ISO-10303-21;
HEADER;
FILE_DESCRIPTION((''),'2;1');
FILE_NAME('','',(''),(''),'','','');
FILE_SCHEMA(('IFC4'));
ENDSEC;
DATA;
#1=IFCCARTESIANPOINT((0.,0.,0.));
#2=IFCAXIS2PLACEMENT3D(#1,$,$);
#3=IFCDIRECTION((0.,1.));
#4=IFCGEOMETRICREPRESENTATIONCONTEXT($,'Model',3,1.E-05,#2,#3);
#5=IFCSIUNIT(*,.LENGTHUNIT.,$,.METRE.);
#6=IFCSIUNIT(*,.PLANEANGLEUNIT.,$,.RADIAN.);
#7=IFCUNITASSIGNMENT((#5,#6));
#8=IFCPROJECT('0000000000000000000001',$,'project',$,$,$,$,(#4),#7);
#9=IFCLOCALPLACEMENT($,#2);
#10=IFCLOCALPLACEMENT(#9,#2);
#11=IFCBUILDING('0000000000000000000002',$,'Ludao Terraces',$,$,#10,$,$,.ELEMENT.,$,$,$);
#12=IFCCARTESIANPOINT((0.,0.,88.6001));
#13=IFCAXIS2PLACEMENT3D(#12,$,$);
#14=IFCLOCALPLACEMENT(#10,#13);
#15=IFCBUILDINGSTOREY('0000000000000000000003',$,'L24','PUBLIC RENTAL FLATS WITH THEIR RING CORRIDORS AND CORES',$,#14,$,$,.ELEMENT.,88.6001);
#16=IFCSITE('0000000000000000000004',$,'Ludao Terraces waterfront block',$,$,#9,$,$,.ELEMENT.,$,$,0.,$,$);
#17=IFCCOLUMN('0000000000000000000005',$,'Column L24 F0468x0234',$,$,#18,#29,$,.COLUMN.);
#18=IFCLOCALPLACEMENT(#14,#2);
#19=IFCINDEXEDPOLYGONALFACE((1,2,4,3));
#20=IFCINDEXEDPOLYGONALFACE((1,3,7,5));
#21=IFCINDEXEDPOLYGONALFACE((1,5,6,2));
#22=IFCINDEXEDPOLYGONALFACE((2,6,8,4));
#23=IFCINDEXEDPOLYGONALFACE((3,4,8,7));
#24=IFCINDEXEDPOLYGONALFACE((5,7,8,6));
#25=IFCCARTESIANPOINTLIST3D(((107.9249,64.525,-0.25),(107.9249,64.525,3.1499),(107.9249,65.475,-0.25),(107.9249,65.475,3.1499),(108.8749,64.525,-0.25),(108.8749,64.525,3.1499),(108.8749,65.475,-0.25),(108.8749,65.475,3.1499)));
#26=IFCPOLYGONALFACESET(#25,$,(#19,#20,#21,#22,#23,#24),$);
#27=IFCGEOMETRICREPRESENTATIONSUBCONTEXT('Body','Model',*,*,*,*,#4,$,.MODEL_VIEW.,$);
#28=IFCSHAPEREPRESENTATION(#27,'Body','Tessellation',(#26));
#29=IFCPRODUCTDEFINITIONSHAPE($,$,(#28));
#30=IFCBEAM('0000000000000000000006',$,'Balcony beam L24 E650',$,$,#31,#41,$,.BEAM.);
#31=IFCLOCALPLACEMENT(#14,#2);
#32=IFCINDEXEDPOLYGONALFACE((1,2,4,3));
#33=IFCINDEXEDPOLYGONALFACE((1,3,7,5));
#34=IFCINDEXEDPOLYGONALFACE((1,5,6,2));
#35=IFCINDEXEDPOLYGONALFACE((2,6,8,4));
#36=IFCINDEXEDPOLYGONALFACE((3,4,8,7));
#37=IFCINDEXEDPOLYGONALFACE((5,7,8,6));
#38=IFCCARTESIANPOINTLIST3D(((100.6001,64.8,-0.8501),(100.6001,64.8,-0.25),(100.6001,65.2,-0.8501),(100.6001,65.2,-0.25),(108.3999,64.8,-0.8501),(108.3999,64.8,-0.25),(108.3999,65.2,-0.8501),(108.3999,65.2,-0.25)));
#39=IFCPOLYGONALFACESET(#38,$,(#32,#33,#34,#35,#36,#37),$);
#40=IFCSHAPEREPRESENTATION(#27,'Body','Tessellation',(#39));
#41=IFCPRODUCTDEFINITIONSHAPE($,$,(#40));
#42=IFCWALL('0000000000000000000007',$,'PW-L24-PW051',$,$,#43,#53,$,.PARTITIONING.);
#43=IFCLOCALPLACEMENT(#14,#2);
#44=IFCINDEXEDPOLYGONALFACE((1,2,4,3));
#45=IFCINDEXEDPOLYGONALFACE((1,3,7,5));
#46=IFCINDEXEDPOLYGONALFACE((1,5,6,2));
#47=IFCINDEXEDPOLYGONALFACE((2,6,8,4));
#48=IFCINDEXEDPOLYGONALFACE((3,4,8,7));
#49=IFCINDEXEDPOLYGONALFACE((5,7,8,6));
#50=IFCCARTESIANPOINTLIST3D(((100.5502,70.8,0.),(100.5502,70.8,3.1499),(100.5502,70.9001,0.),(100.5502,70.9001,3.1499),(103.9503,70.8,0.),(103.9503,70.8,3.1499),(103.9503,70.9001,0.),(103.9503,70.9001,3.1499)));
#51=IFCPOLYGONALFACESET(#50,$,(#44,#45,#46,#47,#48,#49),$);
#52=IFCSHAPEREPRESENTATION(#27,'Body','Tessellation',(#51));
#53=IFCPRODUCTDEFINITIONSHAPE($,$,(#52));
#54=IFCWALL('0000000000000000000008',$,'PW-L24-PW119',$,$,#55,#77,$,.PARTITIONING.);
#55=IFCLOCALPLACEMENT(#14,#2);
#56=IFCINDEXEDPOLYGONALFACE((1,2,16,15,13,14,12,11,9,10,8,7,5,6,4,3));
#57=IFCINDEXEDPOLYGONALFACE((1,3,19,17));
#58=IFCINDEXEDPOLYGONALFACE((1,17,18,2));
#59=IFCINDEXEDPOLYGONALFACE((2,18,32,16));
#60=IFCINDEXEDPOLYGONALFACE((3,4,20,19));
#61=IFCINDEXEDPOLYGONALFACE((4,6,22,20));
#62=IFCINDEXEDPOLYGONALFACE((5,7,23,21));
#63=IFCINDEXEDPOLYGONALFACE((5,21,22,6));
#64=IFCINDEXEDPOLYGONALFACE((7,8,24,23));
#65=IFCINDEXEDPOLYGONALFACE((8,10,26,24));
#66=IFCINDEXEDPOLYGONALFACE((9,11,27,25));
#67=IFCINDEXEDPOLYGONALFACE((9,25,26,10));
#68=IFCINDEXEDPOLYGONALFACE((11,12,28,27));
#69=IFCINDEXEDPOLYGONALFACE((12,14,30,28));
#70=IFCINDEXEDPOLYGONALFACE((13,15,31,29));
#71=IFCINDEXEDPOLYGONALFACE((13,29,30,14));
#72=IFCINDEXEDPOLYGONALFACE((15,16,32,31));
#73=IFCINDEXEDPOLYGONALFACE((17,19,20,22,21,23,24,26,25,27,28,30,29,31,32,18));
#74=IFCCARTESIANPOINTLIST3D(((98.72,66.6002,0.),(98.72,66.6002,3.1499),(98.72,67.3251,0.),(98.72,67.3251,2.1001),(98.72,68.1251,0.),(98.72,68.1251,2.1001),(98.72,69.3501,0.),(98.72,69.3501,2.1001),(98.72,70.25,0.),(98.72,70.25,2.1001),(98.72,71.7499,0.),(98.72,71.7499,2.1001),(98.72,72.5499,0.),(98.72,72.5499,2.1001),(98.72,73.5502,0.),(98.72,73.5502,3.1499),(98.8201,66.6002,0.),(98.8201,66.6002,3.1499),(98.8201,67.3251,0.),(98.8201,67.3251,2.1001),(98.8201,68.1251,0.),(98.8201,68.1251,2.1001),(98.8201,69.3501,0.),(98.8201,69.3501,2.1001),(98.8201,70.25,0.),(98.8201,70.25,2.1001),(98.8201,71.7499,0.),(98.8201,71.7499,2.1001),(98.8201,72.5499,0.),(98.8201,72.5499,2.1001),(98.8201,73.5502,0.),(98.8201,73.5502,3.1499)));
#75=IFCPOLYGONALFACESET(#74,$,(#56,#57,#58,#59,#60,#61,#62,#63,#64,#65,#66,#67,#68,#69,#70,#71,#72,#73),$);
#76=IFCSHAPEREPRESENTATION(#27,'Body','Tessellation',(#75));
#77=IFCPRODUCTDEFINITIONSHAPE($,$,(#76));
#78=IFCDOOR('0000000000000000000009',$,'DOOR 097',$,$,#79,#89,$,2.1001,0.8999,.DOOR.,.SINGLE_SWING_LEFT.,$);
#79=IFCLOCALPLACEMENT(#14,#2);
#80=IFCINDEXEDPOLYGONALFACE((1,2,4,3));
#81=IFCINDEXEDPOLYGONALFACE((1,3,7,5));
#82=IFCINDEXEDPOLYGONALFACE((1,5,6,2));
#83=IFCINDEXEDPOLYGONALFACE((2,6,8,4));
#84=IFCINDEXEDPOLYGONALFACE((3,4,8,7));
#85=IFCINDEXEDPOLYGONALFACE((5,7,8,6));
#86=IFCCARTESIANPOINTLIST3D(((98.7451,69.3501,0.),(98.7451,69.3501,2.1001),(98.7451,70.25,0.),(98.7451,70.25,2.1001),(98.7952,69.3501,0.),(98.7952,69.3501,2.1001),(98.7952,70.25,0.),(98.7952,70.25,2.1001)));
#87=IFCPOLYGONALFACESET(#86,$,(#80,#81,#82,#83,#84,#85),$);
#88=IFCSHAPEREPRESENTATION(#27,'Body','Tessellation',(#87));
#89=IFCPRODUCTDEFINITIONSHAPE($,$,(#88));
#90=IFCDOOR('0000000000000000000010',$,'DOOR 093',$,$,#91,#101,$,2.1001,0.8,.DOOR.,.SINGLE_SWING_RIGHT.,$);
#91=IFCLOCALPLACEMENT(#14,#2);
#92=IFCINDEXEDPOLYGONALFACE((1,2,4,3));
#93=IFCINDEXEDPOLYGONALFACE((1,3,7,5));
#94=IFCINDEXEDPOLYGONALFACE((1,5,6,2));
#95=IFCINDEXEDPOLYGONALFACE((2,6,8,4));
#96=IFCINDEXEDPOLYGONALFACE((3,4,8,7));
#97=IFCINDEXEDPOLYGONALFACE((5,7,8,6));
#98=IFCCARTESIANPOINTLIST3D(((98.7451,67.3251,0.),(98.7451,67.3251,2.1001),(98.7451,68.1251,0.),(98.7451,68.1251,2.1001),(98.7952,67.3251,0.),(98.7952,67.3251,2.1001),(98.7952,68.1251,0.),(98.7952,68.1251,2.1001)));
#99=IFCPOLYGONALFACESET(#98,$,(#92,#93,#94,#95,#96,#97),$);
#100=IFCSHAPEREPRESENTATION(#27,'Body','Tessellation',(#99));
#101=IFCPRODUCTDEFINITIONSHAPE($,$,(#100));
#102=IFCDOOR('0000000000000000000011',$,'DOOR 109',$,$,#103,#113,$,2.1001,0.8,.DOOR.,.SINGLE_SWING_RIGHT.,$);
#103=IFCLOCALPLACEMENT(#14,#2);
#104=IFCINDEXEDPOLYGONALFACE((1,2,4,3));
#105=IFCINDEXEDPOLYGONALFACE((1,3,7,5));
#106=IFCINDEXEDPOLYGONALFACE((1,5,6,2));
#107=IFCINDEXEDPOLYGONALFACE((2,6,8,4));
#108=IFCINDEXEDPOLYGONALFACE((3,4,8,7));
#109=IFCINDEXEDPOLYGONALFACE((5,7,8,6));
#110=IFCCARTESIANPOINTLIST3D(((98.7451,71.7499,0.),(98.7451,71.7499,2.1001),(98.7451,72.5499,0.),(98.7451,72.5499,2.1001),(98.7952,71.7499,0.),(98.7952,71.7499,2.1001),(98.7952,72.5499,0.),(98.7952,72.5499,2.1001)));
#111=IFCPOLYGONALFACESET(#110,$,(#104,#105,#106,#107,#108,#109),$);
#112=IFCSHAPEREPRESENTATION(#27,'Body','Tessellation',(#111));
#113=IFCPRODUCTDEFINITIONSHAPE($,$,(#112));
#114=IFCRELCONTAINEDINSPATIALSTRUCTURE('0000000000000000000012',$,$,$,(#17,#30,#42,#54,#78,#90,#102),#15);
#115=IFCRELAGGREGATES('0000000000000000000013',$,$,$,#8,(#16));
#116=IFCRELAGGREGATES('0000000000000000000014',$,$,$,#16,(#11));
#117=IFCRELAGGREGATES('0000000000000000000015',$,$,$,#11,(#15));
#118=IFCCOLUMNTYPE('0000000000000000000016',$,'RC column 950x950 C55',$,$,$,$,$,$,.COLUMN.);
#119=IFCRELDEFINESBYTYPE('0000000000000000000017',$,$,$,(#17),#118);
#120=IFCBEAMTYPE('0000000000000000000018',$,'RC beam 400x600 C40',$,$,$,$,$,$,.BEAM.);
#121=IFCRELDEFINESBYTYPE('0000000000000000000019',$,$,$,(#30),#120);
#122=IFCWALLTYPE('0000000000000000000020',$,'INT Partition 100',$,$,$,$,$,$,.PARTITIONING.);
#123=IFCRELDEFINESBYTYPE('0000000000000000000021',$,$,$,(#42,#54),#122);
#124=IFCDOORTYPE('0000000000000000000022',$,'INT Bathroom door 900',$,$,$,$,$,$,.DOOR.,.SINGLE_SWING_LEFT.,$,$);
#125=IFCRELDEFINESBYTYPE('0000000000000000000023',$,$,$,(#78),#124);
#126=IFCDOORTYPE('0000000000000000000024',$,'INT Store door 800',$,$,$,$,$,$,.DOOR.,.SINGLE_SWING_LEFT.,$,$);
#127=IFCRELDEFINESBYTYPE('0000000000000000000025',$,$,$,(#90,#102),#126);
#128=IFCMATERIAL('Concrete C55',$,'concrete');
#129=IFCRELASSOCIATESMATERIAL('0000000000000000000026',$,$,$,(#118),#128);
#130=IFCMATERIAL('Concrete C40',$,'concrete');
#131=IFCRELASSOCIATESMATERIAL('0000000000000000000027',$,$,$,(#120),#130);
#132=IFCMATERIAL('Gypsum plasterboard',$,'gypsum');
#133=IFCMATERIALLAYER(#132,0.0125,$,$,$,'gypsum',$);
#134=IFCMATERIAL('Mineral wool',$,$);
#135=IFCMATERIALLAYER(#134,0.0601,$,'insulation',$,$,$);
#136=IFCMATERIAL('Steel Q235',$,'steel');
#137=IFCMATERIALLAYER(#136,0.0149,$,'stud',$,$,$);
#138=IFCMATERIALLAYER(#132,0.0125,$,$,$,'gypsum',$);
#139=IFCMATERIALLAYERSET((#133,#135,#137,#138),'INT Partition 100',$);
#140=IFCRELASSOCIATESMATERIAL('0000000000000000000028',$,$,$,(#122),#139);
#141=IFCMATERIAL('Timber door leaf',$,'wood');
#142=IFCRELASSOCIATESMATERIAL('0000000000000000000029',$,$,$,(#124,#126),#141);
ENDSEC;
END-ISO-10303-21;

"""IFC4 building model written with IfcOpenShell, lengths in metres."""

from ifc_helpers import new_model, si_unit, direction, frame, frame_2d, origin, origin_2d, place, context, subcontext, project, spatial, rectangle, extrude, material, layer, layer_set, material_profile, profile_set, type_object, element, fill, save


model = new_model("IFC4")

# Units and contexts
model_context = context("Model", 3, precision=1e-05, world=origin(), true_north=direction((0.0, 1.0)))
body_context = subcontext(model_context, "Body", "Model", "MODEL_VIEW")
ifc_project = project(units=[si_unit("LENGTHUNIT", "METRE"), si_unit("PLANEANGLEUNIT", "RADIAN")], contexts=[model_context])

# Site, building, storey
site_placement = place(None, origin())
site = spatial("IfcSite", under=ifc_project, at=site_placement, Name="Ludao Terraces waterfront block", CompositionType="ELEMENT", RefElevation=0.0)
building_placement = place(site_placement, origin())
building = spatial("IfcBuilding", under=site, at=building_placement, Name="Ludao Terraces", CompositionType="ELEMENT")
storey_placement = place(building_placement, frame((0.0, 0.0, 88.6001)))
storey = spatial("IfcBuildingStorey", under=building, at=storey_placement, Name="L24", Description="PUBLIC RENTAL FLATS WITH THEIR RING CORRIDORS AND CORES", CompositionType="ELEMENT", Elevation=88.6001)

# Column
ifc_material_1 = material(Name="Concrete C55", Category="concrete")
ifc_material_profile_1 = material_profile(ifc_material_1, rectangle(XDim=0.95, YDim=0.95, at=origin_2d()), Name="950 X 950")
ifc_profile_set_1 = profile_set([ifc_material_profile_1], Name="Concrete C55")
column_type = type_object("IfcColumnType", Name="RC column 950x950 C55", PredefinedType="COLUMN", material=ifc_profile_set_1)
column_placement = place(storey_placement, frame((108.3999, 65.0, -0.25), z_axis=(0.0, 0.0, 1.0), x_axis=(1.0, 0.0, 0.0)))
element("IfcColumn", 1, at=column_placement, inside=storey, type_object=column_type, Name="Column L24 F0468x0234", PredefinedType="COLUMN", context=body_context, shape_type="SweptSolid", body=[
    extrude(rectangle(XDim=0.95, YDim=0.95, at=origin_2d()), origin(), (0.0, 0.0, 1.0), 3.3999),
])

# Beam
ifc_material_2 = material(Name="Concrete C40", Category="concrete")
ifc_material_profile_2 = material_profile(ifc_material_2, rectangle(XDim=0.3999, YDim=0.6001, at=origin_2d()), Name="400 X 600")
ifc_profile_set_2 = profile_set([ifc_material_profile_2], Name="Concrete C40")
beam_type = type_object("IfcBeamType", Name="RC beam 400x600 C40", PredefinedType="BEAM", material=ifc_profile_set_2)
beam_placement = place(storey_placement, frame((100.6001, 65.0, -0.55), z_axis=(1.0, 0.0, 0.0), x_axis=(0.0, 1.0, 0.0)))
element("IfcBeam", 2, at=beam_placement, inside=storey, type_object=beam_type, Name="Balcony beam L24 E650", PredefinedType="BEAM", context=body_context, shape_type="SweptSolid", body=[
    extrude(rectangle(XDim=0.3999, YDim=0.6001, at=origin_2d()), origin(), (0.0, 0.0, 1.0), 7.7998),
])

# Shared definitions
ifc_material_3 = material(Name="Mineral wool")

# Wall
ifc_material_4 = material(Name="Gypsum plasterboard", Category="gypsum")
ifc_layer_1 = layer(ifc_material_4, 0.0125, Category="gypsum")
ifc_layer_2 = layer(ifc_material_3, 0.0601, Name="insulation")
ifc_material_5 = material(Name="Steel Q235", Category="steel")
ifc_layer_3 = layer(ifc_material_5, 0.0149, Name="stud")
ifc_layer_4 = layer(ifc_material_4, 0.0125, Category="gypsum")
ifc_layer_set_1 = layer_set([ifc_layer_1, ifc_layer_2, ifc_layer_3, ifc_layer_4], Name="INT Partition 100")
wall_type_1 = type_object("IfcWallType", Name="INT Partition 100", PredefinedType="PARTITIONING", material=ifc_layer_set_1)
wall_1_placement = place(storey_placement, frame((100.55, 70.8501, 0.0), z_axis=(0.0, 0.0, 1.0), x_axis=(1.0, 0.0, 0.0)))
element("IfcWall", 3, at=wall_1_placement, inside=storey, type_object=wall_type_1, Name="PW-L24-PW051", PredefinedType="PARTITIONING", context=body_context, shape_type="SweptSolid", body=[
    extrude(rectangle(XDim=3.4001, YDim=0.1001, at=frame_2d((1.7002, 0.0))), origin(), (0.0, 0.0, 1.0), 3.1499),
])

# Wall, openings, doors
wall_2_placement = place(storey_placement, frame((98.77, 66.6001, 0.0), z_axis=(0.0, 0.0, 1.0), x_axis=(0.0, 1.0, 0.0)))
wall_2 = element("IfcWall", 4, at=wall_2_placement, inside=storey, type_object=wall_type_1, Name="PW-L24-PW119", PredefinedType="PARTITIONING", context=body_context, shape_type="SweptSolid", body=[
    extrude(rectangle(XDim=6.95, YDim=0.1001, at=frame_2d((3.4751, 0.0))), origin(), (0.0, 0.0, 1.0), 3.1499),
])
opening_1_placement = place(wall_2_placement, frame((0.7251, 0.0, 0.0)))
opening_1 = element("IfcOpeningElement", 5, at=opening_1_placement, cuts=wall_2, PredefinedType="OPENING", context=body_context, shape_type="SweptSolid", body=[
    extrude(rectangle(XDim=0.8, YDim=2.1001, at=frame_2d((0.3999, 1.05))), frame((0.0, 0.0601, 0.0), z_axis=(0.0, -1.0, 0.0), x_axis=(1.0, 0.0, 0.0)), (0.0, 0.0, 1.0), 0.1201),
])
opening_2_placement = place(wall_2_placement, frame((2.75, 0.0, 0.0)))
opening_2 = element("IfcOpeningElement", 6, at=opening_2_placement, cuts=wall_2, PredefinedType="OPENING", context=body_context, shape_type="SweptSolid", body=[
    extrude(rectangle(XDim=0.8999, YDim=2.1001, at=frame_2d((0.45, 1.05))), frame((0.0, 0.0601, 0.0), z_axis=(0.0, -1.0, 0.0), x_axis=(1.0, 0.0, 0.0)), (0.0, 0.0, 1.0), 0.1201),
])
opening_3_placement = place(wall_2_placement, frame((5.1499, 0.0, 0.0)))
opening_3 = element("IfcOpeningElement", 7, at=opening_3_placement, cuts=wall_2, PredefinedType="OPENING", context=body_context, shape_type="SweptSolid", body=[
    extrude(rectangle(XDim=0.8, YDim=2.1001, at=frame_2d((0.3999, 1.05))), frame((0.0, 0.0601, 0.0), z_axis=(0.0, -1.0, 0.0), x_axis=(1.0, 0.0, 0.0)), (0.0, 0.0, 1.0), 0.1201),
])
ifc_material_6 = material(Name="Timber door leaf", Category="wood")
door_type_1 = type_object("IfcDoorType", Name="INT Bathroom door 900", OperationType="SINGLE_SWING_LEFT", PredefinedType="DOOR", material=ifc_material_6)
door_1_placement = place(opening_2_placement, origin())
door_1 = element("IfcDoor", 8, at=door_1_placement, inside=storey, type_object=door_type_1, Name="DOOR 097", OperationType="SINGLE_SWING_LEFT", OverallHeight=2.1001, OverallWidth=0.8999, PredefinedType="DOOR", context=body_context, shape_type="SweptSolid", body=[
    extrude(rectangle(XDim=0.8999, YDim=2.1001, at=frame_2d((0.45, 1.05))), frame((0.0, 0.0249, 0.0), z_axis=(0.0, -1.0, 0.0), x_axis=(1.0, 0.0, 0.0)), (0.0, 0.0, 1.0), 0.05),
])
fill(opening_2, door_1)
door_type_2 = type_object("IfcDoorType", Name="INT Store door 800", OperationType="SINGLE_SWING_LEFT", PredefinedType="DOOR", material=ifc_material_6)
door_2_placement = place(opening_1_placement, origin())
door_2 = element("IfcDoor", 9, at=door_2_placement, inside=storey, type_object=door_type_2, Name="DOOR 093", OperationType="SINGLE_SWING_RIGHT", OverallHeight=2.1001, OverallWidth=0.8, PredefinedType="DOOR", context=body_context, shape_type="SweptSolid", body=[
    extrude(rectangle(XDim=0.8, YDim=2.1001, at=frame_2d((0.3999, 1.05))), frame((0.0, 0.0249, 0.0), z_axis=(0.0, -1.0, 0.0), x_axis=(1.0, 0.0, 0.0)), (0.0, 0.0, 1.0), 0.05),
])
fill(opening_1, door_2)
door_3_placement = place(opening_3_placement, origin())
door_3 = element("IfcDoor", 10, at=door_3_placement, inside=storey, type_object=door_type_2, Name="DOOR 109", OperationType="SINGLE_SWING_RIGHT", OverallHeight=2.1001, OverallWidth=0.8, PredefinedType="DOOR", context=body_context, shape_type="SweptSolid", body=[
    extrude(rectangle(XDim=0.8, YDim=2.1001, at=frame_2d((0.3999, 1.05))), frame((0.0, 0.0249, 0.0), z_axis=(0.0, -1.0, 0.0), x_axis=(1.0, 0.0, 0.0)), (0.0, 0.0, 1.0), 0.05),
])
fill(opening_3, door_3)

save(model, "model.ifc")
